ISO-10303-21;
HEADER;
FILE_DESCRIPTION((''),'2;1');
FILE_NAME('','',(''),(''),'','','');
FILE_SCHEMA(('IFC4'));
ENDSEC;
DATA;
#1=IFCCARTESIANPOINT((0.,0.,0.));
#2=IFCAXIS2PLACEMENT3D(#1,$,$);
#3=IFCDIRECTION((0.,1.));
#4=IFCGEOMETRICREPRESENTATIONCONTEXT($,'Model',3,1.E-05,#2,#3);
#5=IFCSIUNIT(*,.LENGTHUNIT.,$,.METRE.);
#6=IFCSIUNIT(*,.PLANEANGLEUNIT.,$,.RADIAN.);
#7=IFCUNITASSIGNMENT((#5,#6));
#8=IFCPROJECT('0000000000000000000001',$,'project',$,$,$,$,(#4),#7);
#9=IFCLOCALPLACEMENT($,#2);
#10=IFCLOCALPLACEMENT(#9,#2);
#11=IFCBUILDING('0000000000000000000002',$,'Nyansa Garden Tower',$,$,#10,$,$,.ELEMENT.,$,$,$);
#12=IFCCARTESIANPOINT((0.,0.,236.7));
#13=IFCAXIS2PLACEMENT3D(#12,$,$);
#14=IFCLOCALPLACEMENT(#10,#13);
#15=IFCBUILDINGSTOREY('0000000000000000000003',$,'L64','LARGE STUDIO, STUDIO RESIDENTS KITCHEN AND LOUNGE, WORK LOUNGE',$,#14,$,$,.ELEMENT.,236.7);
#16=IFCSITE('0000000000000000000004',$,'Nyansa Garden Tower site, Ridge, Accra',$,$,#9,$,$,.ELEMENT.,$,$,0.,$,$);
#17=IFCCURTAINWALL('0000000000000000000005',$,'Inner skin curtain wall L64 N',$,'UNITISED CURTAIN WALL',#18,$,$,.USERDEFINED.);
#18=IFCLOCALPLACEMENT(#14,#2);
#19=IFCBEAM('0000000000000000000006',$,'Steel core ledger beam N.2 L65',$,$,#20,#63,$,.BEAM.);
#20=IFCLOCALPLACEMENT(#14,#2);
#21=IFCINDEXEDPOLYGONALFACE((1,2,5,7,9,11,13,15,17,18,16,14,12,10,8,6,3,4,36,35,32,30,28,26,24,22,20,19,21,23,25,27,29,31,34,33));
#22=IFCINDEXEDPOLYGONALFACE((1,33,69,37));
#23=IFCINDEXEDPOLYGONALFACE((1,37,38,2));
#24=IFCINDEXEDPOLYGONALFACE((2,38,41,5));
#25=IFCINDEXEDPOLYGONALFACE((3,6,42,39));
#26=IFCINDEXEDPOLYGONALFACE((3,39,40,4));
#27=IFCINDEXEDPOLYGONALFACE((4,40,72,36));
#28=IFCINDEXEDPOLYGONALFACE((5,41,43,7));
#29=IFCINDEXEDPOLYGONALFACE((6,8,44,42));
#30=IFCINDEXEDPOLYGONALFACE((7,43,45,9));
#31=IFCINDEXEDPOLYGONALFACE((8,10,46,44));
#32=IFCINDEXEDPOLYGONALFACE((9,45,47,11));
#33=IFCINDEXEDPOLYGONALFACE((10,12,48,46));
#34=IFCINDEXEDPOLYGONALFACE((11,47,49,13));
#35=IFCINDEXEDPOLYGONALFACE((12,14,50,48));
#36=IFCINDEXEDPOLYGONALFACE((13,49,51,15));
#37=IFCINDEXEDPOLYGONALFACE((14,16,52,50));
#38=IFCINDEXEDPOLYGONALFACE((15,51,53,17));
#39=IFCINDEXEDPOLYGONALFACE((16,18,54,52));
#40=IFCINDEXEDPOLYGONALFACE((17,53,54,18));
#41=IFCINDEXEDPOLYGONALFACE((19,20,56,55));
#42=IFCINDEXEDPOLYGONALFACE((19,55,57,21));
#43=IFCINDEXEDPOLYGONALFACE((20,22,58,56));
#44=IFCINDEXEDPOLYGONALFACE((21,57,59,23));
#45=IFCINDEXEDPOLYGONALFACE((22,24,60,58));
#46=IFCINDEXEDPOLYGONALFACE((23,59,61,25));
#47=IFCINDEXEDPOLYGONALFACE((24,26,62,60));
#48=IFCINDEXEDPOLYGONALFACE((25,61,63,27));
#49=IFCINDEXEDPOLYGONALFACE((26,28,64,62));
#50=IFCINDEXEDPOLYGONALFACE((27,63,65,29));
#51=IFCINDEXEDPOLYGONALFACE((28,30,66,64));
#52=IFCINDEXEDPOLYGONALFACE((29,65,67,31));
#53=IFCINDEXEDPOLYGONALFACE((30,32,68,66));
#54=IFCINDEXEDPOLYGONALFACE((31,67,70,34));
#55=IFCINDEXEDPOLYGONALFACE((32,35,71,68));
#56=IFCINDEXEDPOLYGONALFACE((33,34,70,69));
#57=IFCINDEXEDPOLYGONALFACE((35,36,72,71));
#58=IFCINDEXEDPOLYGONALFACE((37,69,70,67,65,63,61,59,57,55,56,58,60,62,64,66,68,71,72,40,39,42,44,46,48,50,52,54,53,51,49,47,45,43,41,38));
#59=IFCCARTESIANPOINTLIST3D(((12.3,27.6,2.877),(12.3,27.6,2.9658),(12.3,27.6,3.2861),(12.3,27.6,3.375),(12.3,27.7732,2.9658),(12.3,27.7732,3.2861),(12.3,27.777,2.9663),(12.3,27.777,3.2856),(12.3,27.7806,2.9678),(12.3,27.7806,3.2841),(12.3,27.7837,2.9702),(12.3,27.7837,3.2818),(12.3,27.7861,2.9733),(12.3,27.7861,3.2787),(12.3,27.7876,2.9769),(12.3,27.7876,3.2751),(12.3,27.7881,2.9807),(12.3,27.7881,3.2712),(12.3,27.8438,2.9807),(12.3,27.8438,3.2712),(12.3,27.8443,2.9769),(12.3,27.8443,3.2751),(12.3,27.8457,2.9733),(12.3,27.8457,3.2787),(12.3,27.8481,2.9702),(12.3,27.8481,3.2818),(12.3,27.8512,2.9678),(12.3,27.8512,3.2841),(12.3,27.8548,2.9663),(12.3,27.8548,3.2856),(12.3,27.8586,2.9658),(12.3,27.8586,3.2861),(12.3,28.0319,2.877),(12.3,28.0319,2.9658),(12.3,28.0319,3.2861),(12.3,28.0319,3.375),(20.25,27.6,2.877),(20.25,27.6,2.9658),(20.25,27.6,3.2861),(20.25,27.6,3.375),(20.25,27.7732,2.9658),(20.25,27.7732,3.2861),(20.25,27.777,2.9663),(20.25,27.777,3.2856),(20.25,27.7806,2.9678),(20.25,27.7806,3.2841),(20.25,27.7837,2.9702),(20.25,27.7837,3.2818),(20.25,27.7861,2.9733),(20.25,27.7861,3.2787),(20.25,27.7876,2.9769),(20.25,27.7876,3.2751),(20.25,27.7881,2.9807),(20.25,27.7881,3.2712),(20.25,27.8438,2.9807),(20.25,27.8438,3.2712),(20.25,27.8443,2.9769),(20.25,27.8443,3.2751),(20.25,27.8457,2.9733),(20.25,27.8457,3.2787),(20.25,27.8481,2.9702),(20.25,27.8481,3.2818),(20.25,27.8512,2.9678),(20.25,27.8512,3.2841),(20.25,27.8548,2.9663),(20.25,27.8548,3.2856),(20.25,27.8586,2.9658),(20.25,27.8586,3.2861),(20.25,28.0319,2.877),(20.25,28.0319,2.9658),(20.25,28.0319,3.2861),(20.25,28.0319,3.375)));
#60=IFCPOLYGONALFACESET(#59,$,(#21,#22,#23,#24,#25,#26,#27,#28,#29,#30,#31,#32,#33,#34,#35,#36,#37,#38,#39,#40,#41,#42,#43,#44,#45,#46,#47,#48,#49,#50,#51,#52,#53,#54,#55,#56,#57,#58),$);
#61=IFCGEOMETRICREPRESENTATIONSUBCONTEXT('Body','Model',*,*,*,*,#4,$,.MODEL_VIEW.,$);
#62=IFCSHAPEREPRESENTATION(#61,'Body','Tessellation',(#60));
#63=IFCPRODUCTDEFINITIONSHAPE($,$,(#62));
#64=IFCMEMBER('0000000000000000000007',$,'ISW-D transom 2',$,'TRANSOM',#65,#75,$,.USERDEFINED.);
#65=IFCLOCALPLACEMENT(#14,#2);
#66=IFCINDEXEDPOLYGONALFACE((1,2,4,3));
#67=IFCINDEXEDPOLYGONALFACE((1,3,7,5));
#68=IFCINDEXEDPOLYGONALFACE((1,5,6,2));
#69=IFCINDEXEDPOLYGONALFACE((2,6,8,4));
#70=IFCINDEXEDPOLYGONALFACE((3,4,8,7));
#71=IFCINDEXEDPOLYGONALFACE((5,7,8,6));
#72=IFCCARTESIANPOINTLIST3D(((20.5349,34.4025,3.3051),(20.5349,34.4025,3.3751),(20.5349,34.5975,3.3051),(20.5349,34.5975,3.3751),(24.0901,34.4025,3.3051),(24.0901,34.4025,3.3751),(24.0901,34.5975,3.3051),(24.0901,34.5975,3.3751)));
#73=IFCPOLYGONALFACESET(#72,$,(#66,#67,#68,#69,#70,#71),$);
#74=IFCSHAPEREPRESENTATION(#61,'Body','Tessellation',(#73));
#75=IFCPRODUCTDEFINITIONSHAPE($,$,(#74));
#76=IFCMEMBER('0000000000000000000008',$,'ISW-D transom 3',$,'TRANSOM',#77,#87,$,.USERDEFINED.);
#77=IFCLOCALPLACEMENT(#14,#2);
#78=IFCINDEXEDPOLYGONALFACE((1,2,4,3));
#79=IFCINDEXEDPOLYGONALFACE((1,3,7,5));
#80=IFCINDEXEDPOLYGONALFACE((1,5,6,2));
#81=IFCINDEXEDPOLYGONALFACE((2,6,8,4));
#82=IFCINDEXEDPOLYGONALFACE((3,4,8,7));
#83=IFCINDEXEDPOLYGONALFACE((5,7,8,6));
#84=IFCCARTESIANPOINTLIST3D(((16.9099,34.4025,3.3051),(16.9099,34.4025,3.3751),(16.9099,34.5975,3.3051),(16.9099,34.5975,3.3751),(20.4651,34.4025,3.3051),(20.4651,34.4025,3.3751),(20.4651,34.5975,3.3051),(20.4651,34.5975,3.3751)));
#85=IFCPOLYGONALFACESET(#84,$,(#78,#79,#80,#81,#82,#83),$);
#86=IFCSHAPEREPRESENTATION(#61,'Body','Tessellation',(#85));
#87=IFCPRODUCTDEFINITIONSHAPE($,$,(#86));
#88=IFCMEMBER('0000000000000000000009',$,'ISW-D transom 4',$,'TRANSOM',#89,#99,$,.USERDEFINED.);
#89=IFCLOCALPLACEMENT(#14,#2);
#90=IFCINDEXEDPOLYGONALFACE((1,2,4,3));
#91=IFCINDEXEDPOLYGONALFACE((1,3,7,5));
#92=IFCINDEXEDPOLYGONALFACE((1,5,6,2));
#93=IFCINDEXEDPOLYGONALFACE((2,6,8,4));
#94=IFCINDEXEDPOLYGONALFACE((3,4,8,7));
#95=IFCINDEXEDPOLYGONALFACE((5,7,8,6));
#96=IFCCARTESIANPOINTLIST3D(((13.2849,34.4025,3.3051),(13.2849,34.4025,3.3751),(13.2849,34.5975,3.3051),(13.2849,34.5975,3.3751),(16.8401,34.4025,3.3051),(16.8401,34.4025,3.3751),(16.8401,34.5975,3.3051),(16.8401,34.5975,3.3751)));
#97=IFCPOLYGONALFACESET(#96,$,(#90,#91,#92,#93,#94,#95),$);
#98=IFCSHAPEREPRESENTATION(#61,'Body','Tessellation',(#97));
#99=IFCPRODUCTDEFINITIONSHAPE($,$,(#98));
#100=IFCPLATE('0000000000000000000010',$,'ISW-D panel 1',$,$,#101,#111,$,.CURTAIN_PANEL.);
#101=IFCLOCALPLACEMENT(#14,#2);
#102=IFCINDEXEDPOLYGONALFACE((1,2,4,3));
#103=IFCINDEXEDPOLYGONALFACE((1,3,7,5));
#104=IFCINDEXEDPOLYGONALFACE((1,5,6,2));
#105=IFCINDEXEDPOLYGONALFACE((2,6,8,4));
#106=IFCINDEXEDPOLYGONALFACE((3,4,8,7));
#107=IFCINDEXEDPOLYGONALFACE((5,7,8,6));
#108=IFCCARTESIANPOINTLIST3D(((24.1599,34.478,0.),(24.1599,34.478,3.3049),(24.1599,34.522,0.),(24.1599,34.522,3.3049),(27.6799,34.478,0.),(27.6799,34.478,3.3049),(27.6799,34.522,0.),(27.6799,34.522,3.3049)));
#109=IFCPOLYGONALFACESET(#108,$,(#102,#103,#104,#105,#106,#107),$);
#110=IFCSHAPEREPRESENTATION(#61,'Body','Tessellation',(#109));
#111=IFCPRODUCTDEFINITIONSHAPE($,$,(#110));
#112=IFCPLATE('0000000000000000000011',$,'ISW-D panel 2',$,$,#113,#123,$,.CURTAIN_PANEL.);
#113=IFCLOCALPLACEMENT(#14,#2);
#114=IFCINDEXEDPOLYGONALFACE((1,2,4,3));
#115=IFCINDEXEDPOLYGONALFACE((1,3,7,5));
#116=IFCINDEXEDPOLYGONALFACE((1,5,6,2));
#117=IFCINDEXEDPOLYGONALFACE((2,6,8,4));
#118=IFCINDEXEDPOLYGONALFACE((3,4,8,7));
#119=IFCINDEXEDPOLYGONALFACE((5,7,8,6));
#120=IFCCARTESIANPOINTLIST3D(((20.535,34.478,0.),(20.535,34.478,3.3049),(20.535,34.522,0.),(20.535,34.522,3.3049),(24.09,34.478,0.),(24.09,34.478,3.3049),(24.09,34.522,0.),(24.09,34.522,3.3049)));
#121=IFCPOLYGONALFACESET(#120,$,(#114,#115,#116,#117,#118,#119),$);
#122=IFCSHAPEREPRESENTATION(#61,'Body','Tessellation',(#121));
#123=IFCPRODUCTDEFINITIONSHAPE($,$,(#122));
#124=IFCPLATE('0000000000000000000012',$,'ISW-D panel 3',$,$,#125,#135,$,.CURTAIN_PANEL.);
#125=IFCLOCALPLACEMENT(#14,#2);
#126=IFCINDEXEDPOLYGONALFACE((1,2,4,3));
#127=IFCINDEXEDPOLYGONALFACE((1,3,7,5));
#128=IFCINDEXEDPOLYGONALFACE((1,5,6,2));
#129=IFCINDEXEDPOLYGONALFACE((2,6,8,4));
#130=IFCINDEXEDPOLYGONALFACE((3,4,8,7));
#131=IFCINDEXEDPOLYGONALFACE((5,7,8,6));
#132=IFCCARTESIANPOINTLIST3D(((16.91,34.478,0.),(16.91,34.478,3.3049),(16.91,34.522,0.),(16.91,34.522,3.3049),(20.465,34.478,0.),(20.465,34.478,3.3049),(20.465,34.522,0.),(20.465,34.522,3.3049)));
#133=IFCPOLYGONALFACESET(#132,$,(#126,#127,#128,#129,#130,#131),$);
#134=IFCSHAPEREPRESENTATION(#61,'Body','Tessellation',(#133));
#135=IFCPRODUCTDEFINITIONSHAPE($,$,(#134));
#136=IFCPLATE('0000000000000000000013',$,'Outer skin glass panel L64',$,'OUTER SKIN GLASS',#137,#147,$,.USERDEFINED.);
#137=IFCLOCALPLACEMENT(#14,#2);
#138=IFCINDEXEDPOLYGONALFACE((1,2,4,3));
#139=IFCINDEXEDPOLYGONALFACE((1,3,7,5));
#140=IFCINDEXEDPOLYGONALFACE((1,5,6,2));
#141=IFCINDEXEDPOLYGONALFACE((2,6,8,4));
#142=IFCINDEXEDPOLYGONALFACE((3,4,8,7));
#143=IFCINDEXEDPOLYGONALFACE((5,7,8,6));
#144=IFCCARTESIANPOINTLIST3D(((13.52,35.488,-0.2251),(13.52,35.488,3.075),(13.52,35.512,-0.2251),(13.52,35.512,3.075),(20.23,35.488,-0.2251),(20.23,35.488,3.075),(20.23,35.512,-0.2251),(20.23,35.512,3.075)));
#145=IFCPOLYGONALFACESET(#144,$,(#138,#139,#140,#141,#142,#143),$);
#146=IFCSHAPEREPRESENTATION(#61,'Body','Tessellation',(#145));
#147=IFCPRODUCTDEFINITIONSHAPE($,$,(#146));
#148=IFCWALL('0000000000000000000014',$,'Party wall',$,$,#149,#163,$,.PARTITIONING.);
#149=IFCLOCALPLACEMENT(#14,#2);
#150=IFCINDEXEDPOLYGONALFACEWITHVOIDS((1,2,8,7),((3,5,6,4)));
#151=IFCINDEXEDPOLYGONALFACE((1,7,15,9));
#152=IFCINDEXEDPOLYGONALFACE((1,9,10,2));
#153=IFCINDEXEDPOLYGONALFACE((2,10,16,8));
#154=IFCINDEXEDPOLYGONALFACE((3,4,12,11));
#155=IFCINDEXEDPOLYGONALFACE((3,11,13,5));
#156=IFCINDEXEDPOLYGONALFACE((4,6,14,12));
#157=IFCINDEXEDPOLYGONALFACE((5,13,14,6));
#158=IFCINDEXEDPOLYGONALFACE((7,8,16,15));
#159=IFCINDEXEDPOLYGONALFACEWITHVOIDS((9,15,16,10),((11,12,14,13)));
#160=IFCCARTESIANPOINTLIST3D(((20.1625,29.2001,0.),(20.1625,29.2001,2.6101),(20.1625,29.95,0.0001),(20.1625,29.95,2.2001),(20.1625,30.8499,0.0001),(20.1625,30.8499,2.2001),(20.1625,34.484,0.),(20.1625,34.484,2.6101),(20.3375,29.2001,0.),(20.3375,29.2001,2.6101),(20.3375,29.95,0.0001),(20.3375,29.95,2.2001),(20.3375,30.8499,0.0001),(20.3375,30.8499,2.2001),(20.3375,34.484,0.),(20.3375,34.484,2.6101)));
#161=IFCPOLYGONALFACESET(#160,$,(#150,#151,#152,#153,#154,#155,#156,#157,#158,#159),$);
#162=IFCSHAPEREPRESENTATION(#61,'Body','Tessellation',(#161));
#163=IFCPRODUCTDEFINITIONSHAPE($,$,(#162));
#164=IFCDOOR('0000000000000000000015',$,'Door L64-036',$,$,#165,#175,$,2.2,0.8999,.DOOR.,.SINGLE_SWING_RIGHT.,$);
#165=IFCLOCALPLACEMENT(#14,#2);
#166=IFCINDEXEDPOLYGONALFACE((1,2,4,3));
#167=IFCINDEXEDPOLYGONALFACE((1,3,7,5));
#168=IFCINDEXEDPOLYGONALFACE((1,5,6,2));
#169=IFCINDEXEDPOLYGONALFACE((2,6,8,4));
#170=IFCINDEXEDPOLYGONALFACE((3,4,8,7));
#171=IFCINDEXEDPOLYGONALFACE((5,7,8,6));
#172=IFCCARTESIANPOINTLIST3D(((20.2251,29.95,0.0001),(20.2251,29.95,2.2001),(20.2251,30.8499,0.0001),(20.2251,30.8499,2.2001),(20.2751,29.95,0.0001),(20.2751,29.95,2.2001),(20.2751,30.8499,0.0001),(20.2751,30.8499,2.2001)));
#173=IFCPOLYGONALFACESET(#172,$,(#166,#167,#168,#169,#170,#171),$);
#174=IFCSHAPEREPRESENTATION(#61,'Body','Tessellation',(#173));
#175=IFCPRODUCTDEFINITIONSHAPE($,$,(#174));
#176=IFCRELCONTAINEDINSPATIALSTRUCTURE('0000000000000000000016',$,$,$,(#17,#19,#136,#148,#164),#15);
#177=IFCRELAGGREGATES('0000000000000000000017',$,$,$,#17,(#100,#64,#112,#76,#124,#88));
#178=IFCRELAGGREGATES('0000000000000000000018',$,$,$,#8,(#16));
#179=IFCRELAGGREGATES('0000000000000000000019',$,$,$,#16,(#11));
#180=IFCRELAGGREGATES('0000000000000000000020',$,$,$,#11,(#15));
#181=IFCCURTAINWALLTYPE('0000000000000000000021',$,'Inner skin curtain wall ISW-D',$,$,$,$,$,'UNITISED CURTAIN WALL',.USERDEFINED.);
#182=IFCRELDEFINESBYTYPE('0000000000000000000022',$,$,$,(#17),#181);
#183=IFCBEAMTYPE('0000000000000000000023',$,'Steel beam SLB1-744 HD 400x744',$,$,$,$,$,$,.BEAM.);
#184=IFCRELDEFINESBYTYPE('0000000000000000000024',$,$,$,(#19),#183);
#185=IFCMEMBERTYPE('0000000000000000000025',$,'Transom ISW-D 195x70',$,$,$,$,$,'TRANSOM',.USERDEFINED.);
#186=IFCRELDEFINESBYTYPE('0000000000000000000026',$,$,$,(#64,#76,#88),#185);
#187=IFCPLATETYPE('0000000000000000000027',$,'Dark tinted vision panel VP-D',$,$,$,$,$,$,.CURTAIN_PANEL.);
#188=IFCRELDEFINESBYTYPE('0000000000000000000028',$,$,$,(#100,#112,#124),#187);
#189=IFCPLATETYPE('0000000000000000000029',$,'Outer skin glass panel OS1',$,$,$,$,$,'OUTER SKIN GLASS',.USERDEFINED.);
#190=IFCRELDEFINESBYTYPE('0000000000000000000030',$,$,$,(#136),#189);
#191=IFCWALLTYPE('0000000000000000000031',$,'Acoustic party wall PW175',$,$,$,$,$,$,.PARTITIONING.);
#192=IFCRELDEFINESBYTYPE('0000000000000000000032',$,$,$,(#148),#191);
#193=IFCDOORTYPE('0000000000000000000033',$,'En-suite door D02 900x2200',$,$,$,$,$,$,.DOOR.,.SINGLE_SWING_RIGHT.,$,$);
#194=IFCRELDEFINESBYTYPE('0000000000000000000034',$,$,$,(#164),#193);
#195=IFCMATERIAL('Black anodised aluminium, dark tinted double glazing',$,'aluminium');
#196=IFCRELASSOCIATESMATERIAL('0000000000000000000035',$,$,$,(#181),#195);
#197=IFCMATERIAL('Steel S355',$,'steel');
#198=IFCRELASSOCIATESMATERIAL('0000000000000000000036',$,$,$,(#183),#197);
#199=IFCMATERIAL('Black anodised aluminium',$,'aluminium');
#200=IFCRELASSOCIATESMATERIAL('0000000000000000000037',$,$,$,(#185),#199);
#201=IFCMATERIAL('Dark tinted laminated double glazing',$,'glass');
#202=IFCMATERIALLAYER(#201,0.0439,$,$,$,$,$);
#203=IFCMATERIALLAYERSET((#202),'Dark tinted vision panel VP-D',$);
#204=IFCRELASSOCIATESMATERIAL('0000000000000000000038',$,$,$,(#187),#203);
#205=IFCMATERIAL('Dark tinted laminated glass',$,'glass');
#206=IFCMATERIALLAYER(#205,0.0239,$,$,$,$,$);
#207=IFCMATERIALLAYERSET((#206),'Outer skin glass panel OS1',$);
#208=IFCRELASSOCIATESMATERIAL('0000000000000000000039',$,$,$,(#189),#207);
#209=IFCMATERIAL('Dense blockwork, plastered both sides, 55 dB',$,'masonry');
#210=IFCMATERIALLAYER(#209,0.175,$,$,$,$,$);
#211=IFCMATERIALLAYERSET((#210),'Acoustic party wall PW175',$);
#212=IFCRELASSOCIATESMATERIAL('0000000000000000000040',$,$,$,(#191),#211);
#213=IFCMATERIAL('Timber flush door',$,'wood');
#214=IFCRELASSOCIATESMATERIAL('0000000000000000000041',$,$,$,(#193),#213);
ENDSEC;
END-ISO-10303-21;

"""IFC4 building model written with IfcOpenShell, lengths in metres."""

from ifc_helpers import new_model, si_unit, direction, frame, frame_2d, origin, origin_2d, place, context, subcontext, project, spatial, rectangle, i_section, extrude, material, layer, layer_set, material_profile, profile_set, type_object, element, fill, aggregate, save


model = new_model("IFC4")

# Units and contexts
model_context = context("Model", 3, precision=1e-05, world=origin(), true_north=direction((0.0, 1.0)))
body_context = subcontext(model_context, "Body", "Model", "MODEL_VIEW")
ifc_project = project(units=[si_unit("LENGTHUNIT", "METRE"), si_unit("PLANEANGLEUNIT", "RADIAN")], contexts=[model_context])

# Site, building, storey
site_placement = place(None, origin())
site = spatial("IfcSite", under=ifc_project, at=site_placement, Name="Nyansa Garden Tower site, Ridge, Accra", CompositionType="ELEMENT", RefElevation=0.0)
building_placement = place(site_placement, origin())
building = spatial("IfcBuilding", under=site, at=building_placement, Name="Nyansa Garden Tower", CompositionType="ELEMENT")
storey_placement = place(building_placement, frame((0.0, 0.0, 236.7)))
storey = spatial("IfcBuildingStorey", under=building, at=storey_placement, Name="L64", Description="LARGE STUDIO, STUDIO RESIDENTS KITCHEN AND LOUNGE, WORK LOUNGE", CompositionType="ELEMENT", Elevation=236.7)

# Curtain wall
ifc_material_1 = material(Name="Black anodised aluminium, dark tinted double glazing", Category="aluminium")
curtain_wall_type = type_object("IfcCurtainWallType", Name="Inner skin curtain wall ISW-D", ElementType="UNITISED CURTAIN WALL", PredefinedType="USERDEFINED", material=ifc_material_1)
curtain_wall_placement = place(storey_placement, origin())
curtain_wall = element("IfcCurtainWall", 1, at=curtain_wall_placement, inside=storey, type_object=curtain_wall_type, Name="Inner skin curtain wall L64 N", ObjectType="UNITISED CURTAIN WALL", PredefinedType="USERDEFINED")

# Beam
ifc_material_2 = material(Name="Steel S355", Category="steel")
ifc_material_profile_1 = material_profile(ifc_material_2, i_section(OverallWidth=0.4319, OverallDepth=0.498, WebThickness=0.0557, FlangeThickness=0.0889, FilletRadius=0.0149, at=origin_2d()), Name="HD 400x744")
ifc_profile_set_1 = profile_set([ifc_material_profile_1], Name="Steel S355")
beam_type_1 = type_object("IfcBeamType", Name="Steel beam SLB1-744 HD 400x744", PredefinedType="BEAM", material=ifc_profile_set_1)
beam_1_placement = place(storey_placement, frame((20.25, 27.8159, 3.126), z_axis=(-1.0, 0.0, 0.0), x_axis=(0.0, -1.0, 0.0)))
element("IfcBeam", 2, at=beam_1_placement, inside=storey, type_object=beam_type_1, Name="Steel core ledger beam N.2 L65", PredefinedType="BEAM", context=body_context, shape_type="SweptSolid", body=[
    extrude(i_section(OverallWidth=0.4319, OverallDepth=0.498, WebThickness=0.0557, FlangeThickness=0.0889, FilletRadius=0.0149, at=origin_2d()), origin(), (0.0, 0.0, 1.0), 7.95),
])

# Members
ifc_material_3 = material(Name="Black anodised aluminium", Category="aluminium")
ifc_material_profile_2 = material_profile(ifc_material_3, rectangle(XDim=0.1951, YDim=0.0701, at=origin_2d()), Name="Transom 195x70")
ifc_profile_set_2 = profile_set([ifc_material_profile_2], Name="Black anodised aluminium")
member_type_1 = type_object("IfcMemberType", Name="Transom ISW-D 195x70", ElementType="TRANSOM", PredefinedType="USERDEFINED", material=ifc_profile_set_2)
member_1_placement = place(storey_placement, frame((24.0901, 34.5, 3.3401), z_axis=(-1.0, 0.0, 0.0), x_axis=(0.0, -1.0, 0.0)))
member_1 = element("IfcMember", 3, at=member_1_placement, type_object=member_type_1, Name="ISW-D transom 2", ObjectType="TRANSOM", PredefinedType="USERDEFINED", context=body_context, shape_type="SweptSolid", body=[
    extrude(rectangle(XDim=0.1951, YDim=0.0701, at=origin_2d()), origin(), (0.0, 0.0, 1.0), 3.5552),
])
member_2_placement = place(storey_placement, frame((20.4651, 34.5, 3.3401), z_axis=(-1.0, 0.0, 0.0), x_axis=(0.0, -1.0, 0.0)))
member_2 = element("IfcMember", 4, at=member_2_placement, type_object=member_type_1, Name="ISW-D transom 3", ObjectType="TRANSOM", PredefinedType="USERDEFINED", context=body_context, shape_type="SweptSolid", body=[
    extrude(rectangle(XDim=0.1951, YDim=0.0701, at=origin_2d()), origin(), (0.0, 0.0, 1.0), 3.5552),
])
member_3_placement = place(storey_placement, frame((16.8401, 34.5, 3.3401), z_axis=(-1.0, 0.0, 0.0), x_axis=(0.0, -1.0, 0.0)))
member_3 = element("IfcMember", 5, at=member_3_placement, type_object=member_type_1, Name="ISW-D transom 4", ObjectType="TRANSOM", PredefinedType="USERDEFINED", context=body_context, shape_type="SweptSolid", body=[
    extrude(rectangle(XDim=0.1951, YDim=0.0701, at=origin_2d()), origin(), (0.0, 0.0, 1.0), 3.5552),
])

# Plates
ifc_material_4 = material(Name="Dark tinted laminated double glazing", Category="glass")
ifc_layer_1 = layer(ifc_material_4, 0.0439)
ifc_layer_set_1 = layer_set([ifc_layer_1], Name="Dark tinted vision panel VP-D")
plate_type_1 = type_object("IfcPlateType", Name="Dark tinted vision panel VP-D", PredefinedType="CURTAIN_PANEL", material=ifc_layer_set_1)
plate_1_placement = place(storey_placement, frame((25.9199, 34.5, 0.0), z_axis=(0.0, 0.0, 1.0), x_axis=(-1.0, 0.0, 0.0)))
plate_1 = element("IfcPlate", 6, at=plate_1_placement, type_object=plate_type_1, Name="ISW-D panel 1", PredefinedType="CURTAIN_PANEL", context=body_context, shape_type="SweptSolid", body=[
    extrude(rectangle(XDim=3.52, YDim=0.0439, at=origin_2d()), origin(), (0.0, 0.0, 1.0), 3.3049),
])
plate_2_placement = place(storey_placement, frame((22.3125, 34.5, 0.0), z_axis=(0.0, 0.0, 1.0), x_axis=(-1.0, 0.0, 0.0)))
plate_2 = element("IfcPlate", 7, at=plate_2_placement, type_object=plate_type_1, Name="ISW-D panel 2", PredefinedType="CURTAIN_PANEL", context=body_context, shape_type="SweptSolid", body=[
    extrude(rectangle(XDim=3.5549, YDim=0.0439, at=origin_2d()), origin(), (0.0, 0.0, 1.0), 3.3049),
])
plate_3_placement = place(storey_placement, frame((18.6875, 34.5, 0.0), z_axis=(0.0, 0.0, 1.0), x_axis=(-1.0, 0.0, 0.0)))
plate_3 = element("IfcPlate", 8, at=plate_3_placement, type_object=plate_type_1, Name="ISW-D panel 3", PredefinedType="CURTAIN_PANEL", context=body_context, shape_type="SweptSolid", body=[
    extrude(rectangle(XDim=3.5549, YDim=0.0439, at=origin_2d()), origin(), (0.0, 0.0, 1.0), 3.3049),
])
aggregate(curtain_wall, [plate_1, member_1, plate_2, member_2, plate_3, member_3])
ifc_material_5 = material(Name="Dark tinted laminated glass", Category="glass")
ifc_layer_2 = layer(ifc_material_5, 0.0239)
ifc_layer_set_2 = layer_set([ifc_layer_2], Name="Outer skin glass panel OS1")
plate_type_2 = type_object("IfcPlateType", Name="Outer skin glass panel OS1", ElementType="OUTER SKIN GLASS", PredefinedType="USERDEFINED", material=ifc_layer_set_2)
plate_4_placement = place(storey_placement, frame((16.875, 35.5, -0.2251), z_axis=(0.0, 0.0, 1.0), x_axis=(1.0, 0.0, 0.0)))
element("IfcPlate", 9, at=plate_4_placement, inside=storey, type_object=plate_type_2, Name="Outer skin glass panel L64", ObjectType="OUTER SKIN GLASS", PredefinedType="USERDEFINED", context=body_context, shape_type="SweptSolid", body=[
    extrude(rectangle(XDim=6.71, YDim=0.0239, at=origin_2d()), origin(), (0.0, 0.0, 1.0), 3.3),
])

# Wall, opening, door
ifc_material_6 = material(Name="Dense blockwork, plastered both sides, 55 dB", Category="masonry")
ifc_layer_3 = layer(ifc_material_6, 0.175)
ifc_layer_set_3 = layer_set([ifc_layer_3], Name="Acoustic party wall PW175")
wall_type_1 = type_object("IfcWallType", Name="Acoustic party wall PW175", PredefinedType="PARTITIONING", material=ifc_layer_set_3)
wall_1_placement = place(storey_placement, frame((20.25, 29.2, 0.0), z_axis=(0.0, 0.0, 1.0), x_axis=(0.0, 1.0, 0.0)))
wall_1 = element("IfcWall", 10, at=wall_1_placement, inside=storey, type_object=wall_type_1, Name="Party wall", PredefinedType="PARTITIONING", context=body_context, shape_type="SweptSolid", body=[
    extrude(rectangle(XDim=5.2839, YDim=0.175, at=frame_2d((2.6421, 0.0))), origin(), (0.0, 0.0, 1.0), 2.6101),
])
opening_placement = place(wall_1_placement, frame((0.75, 0.0, 0.0)))
opening = element("IfcOpeningElement", 11, at=opening_placement, cuts=wall_1, PredefinedType="OPENING", context=body_context, shape_type="SweptSolid", body=[
    extrude(rectangle(XDim=0.8999, YDim=2.2, at=frame_2d((0.45, 1.1001))), frame((0.0, 0.0974, 0.0), z_axis=(0.0, -1.0, 0.0), x_axis=(1.0, 0.0, 0.0)), (0.0, 0.0, 1.0), 0.1951),
])
ifc_material_7 = material(Name="Timber flush door", Category="wood")
door_type = type_object("IfcDoorType", Name="En-suite door D02 900x2200", OperationType="SINGLE_SWING_RIGHT", PredefinedType="DOOR", material=ifc_material_7)
door_placement = place(opening_placement, origin())
door = element("IfcDoor", 12, at=door_placement, inside=storey, type_object=door_type, Name="Door L64-036", OperationType="SINGLE_SWING_RIGHT", OverallHeight=2.2, OverallWidth=0.8999, PredefinedType="DOOR", context=body_context, shape_type="SweptSolid", body=[
    extrude(rectangle(XDim=0.8999, YDim=2.2, at=frame_2d((0.45, 1.1001))), frame((0.0, 0.0249, 0.0), z_axis=(0.0, -1.0, 0.0), x_axis=(1.0, 0.0, 0.0)), (0.0, 0.0, 1.0), 0.05),
])
fill(opening, door)

save(model, "model.ifc")
